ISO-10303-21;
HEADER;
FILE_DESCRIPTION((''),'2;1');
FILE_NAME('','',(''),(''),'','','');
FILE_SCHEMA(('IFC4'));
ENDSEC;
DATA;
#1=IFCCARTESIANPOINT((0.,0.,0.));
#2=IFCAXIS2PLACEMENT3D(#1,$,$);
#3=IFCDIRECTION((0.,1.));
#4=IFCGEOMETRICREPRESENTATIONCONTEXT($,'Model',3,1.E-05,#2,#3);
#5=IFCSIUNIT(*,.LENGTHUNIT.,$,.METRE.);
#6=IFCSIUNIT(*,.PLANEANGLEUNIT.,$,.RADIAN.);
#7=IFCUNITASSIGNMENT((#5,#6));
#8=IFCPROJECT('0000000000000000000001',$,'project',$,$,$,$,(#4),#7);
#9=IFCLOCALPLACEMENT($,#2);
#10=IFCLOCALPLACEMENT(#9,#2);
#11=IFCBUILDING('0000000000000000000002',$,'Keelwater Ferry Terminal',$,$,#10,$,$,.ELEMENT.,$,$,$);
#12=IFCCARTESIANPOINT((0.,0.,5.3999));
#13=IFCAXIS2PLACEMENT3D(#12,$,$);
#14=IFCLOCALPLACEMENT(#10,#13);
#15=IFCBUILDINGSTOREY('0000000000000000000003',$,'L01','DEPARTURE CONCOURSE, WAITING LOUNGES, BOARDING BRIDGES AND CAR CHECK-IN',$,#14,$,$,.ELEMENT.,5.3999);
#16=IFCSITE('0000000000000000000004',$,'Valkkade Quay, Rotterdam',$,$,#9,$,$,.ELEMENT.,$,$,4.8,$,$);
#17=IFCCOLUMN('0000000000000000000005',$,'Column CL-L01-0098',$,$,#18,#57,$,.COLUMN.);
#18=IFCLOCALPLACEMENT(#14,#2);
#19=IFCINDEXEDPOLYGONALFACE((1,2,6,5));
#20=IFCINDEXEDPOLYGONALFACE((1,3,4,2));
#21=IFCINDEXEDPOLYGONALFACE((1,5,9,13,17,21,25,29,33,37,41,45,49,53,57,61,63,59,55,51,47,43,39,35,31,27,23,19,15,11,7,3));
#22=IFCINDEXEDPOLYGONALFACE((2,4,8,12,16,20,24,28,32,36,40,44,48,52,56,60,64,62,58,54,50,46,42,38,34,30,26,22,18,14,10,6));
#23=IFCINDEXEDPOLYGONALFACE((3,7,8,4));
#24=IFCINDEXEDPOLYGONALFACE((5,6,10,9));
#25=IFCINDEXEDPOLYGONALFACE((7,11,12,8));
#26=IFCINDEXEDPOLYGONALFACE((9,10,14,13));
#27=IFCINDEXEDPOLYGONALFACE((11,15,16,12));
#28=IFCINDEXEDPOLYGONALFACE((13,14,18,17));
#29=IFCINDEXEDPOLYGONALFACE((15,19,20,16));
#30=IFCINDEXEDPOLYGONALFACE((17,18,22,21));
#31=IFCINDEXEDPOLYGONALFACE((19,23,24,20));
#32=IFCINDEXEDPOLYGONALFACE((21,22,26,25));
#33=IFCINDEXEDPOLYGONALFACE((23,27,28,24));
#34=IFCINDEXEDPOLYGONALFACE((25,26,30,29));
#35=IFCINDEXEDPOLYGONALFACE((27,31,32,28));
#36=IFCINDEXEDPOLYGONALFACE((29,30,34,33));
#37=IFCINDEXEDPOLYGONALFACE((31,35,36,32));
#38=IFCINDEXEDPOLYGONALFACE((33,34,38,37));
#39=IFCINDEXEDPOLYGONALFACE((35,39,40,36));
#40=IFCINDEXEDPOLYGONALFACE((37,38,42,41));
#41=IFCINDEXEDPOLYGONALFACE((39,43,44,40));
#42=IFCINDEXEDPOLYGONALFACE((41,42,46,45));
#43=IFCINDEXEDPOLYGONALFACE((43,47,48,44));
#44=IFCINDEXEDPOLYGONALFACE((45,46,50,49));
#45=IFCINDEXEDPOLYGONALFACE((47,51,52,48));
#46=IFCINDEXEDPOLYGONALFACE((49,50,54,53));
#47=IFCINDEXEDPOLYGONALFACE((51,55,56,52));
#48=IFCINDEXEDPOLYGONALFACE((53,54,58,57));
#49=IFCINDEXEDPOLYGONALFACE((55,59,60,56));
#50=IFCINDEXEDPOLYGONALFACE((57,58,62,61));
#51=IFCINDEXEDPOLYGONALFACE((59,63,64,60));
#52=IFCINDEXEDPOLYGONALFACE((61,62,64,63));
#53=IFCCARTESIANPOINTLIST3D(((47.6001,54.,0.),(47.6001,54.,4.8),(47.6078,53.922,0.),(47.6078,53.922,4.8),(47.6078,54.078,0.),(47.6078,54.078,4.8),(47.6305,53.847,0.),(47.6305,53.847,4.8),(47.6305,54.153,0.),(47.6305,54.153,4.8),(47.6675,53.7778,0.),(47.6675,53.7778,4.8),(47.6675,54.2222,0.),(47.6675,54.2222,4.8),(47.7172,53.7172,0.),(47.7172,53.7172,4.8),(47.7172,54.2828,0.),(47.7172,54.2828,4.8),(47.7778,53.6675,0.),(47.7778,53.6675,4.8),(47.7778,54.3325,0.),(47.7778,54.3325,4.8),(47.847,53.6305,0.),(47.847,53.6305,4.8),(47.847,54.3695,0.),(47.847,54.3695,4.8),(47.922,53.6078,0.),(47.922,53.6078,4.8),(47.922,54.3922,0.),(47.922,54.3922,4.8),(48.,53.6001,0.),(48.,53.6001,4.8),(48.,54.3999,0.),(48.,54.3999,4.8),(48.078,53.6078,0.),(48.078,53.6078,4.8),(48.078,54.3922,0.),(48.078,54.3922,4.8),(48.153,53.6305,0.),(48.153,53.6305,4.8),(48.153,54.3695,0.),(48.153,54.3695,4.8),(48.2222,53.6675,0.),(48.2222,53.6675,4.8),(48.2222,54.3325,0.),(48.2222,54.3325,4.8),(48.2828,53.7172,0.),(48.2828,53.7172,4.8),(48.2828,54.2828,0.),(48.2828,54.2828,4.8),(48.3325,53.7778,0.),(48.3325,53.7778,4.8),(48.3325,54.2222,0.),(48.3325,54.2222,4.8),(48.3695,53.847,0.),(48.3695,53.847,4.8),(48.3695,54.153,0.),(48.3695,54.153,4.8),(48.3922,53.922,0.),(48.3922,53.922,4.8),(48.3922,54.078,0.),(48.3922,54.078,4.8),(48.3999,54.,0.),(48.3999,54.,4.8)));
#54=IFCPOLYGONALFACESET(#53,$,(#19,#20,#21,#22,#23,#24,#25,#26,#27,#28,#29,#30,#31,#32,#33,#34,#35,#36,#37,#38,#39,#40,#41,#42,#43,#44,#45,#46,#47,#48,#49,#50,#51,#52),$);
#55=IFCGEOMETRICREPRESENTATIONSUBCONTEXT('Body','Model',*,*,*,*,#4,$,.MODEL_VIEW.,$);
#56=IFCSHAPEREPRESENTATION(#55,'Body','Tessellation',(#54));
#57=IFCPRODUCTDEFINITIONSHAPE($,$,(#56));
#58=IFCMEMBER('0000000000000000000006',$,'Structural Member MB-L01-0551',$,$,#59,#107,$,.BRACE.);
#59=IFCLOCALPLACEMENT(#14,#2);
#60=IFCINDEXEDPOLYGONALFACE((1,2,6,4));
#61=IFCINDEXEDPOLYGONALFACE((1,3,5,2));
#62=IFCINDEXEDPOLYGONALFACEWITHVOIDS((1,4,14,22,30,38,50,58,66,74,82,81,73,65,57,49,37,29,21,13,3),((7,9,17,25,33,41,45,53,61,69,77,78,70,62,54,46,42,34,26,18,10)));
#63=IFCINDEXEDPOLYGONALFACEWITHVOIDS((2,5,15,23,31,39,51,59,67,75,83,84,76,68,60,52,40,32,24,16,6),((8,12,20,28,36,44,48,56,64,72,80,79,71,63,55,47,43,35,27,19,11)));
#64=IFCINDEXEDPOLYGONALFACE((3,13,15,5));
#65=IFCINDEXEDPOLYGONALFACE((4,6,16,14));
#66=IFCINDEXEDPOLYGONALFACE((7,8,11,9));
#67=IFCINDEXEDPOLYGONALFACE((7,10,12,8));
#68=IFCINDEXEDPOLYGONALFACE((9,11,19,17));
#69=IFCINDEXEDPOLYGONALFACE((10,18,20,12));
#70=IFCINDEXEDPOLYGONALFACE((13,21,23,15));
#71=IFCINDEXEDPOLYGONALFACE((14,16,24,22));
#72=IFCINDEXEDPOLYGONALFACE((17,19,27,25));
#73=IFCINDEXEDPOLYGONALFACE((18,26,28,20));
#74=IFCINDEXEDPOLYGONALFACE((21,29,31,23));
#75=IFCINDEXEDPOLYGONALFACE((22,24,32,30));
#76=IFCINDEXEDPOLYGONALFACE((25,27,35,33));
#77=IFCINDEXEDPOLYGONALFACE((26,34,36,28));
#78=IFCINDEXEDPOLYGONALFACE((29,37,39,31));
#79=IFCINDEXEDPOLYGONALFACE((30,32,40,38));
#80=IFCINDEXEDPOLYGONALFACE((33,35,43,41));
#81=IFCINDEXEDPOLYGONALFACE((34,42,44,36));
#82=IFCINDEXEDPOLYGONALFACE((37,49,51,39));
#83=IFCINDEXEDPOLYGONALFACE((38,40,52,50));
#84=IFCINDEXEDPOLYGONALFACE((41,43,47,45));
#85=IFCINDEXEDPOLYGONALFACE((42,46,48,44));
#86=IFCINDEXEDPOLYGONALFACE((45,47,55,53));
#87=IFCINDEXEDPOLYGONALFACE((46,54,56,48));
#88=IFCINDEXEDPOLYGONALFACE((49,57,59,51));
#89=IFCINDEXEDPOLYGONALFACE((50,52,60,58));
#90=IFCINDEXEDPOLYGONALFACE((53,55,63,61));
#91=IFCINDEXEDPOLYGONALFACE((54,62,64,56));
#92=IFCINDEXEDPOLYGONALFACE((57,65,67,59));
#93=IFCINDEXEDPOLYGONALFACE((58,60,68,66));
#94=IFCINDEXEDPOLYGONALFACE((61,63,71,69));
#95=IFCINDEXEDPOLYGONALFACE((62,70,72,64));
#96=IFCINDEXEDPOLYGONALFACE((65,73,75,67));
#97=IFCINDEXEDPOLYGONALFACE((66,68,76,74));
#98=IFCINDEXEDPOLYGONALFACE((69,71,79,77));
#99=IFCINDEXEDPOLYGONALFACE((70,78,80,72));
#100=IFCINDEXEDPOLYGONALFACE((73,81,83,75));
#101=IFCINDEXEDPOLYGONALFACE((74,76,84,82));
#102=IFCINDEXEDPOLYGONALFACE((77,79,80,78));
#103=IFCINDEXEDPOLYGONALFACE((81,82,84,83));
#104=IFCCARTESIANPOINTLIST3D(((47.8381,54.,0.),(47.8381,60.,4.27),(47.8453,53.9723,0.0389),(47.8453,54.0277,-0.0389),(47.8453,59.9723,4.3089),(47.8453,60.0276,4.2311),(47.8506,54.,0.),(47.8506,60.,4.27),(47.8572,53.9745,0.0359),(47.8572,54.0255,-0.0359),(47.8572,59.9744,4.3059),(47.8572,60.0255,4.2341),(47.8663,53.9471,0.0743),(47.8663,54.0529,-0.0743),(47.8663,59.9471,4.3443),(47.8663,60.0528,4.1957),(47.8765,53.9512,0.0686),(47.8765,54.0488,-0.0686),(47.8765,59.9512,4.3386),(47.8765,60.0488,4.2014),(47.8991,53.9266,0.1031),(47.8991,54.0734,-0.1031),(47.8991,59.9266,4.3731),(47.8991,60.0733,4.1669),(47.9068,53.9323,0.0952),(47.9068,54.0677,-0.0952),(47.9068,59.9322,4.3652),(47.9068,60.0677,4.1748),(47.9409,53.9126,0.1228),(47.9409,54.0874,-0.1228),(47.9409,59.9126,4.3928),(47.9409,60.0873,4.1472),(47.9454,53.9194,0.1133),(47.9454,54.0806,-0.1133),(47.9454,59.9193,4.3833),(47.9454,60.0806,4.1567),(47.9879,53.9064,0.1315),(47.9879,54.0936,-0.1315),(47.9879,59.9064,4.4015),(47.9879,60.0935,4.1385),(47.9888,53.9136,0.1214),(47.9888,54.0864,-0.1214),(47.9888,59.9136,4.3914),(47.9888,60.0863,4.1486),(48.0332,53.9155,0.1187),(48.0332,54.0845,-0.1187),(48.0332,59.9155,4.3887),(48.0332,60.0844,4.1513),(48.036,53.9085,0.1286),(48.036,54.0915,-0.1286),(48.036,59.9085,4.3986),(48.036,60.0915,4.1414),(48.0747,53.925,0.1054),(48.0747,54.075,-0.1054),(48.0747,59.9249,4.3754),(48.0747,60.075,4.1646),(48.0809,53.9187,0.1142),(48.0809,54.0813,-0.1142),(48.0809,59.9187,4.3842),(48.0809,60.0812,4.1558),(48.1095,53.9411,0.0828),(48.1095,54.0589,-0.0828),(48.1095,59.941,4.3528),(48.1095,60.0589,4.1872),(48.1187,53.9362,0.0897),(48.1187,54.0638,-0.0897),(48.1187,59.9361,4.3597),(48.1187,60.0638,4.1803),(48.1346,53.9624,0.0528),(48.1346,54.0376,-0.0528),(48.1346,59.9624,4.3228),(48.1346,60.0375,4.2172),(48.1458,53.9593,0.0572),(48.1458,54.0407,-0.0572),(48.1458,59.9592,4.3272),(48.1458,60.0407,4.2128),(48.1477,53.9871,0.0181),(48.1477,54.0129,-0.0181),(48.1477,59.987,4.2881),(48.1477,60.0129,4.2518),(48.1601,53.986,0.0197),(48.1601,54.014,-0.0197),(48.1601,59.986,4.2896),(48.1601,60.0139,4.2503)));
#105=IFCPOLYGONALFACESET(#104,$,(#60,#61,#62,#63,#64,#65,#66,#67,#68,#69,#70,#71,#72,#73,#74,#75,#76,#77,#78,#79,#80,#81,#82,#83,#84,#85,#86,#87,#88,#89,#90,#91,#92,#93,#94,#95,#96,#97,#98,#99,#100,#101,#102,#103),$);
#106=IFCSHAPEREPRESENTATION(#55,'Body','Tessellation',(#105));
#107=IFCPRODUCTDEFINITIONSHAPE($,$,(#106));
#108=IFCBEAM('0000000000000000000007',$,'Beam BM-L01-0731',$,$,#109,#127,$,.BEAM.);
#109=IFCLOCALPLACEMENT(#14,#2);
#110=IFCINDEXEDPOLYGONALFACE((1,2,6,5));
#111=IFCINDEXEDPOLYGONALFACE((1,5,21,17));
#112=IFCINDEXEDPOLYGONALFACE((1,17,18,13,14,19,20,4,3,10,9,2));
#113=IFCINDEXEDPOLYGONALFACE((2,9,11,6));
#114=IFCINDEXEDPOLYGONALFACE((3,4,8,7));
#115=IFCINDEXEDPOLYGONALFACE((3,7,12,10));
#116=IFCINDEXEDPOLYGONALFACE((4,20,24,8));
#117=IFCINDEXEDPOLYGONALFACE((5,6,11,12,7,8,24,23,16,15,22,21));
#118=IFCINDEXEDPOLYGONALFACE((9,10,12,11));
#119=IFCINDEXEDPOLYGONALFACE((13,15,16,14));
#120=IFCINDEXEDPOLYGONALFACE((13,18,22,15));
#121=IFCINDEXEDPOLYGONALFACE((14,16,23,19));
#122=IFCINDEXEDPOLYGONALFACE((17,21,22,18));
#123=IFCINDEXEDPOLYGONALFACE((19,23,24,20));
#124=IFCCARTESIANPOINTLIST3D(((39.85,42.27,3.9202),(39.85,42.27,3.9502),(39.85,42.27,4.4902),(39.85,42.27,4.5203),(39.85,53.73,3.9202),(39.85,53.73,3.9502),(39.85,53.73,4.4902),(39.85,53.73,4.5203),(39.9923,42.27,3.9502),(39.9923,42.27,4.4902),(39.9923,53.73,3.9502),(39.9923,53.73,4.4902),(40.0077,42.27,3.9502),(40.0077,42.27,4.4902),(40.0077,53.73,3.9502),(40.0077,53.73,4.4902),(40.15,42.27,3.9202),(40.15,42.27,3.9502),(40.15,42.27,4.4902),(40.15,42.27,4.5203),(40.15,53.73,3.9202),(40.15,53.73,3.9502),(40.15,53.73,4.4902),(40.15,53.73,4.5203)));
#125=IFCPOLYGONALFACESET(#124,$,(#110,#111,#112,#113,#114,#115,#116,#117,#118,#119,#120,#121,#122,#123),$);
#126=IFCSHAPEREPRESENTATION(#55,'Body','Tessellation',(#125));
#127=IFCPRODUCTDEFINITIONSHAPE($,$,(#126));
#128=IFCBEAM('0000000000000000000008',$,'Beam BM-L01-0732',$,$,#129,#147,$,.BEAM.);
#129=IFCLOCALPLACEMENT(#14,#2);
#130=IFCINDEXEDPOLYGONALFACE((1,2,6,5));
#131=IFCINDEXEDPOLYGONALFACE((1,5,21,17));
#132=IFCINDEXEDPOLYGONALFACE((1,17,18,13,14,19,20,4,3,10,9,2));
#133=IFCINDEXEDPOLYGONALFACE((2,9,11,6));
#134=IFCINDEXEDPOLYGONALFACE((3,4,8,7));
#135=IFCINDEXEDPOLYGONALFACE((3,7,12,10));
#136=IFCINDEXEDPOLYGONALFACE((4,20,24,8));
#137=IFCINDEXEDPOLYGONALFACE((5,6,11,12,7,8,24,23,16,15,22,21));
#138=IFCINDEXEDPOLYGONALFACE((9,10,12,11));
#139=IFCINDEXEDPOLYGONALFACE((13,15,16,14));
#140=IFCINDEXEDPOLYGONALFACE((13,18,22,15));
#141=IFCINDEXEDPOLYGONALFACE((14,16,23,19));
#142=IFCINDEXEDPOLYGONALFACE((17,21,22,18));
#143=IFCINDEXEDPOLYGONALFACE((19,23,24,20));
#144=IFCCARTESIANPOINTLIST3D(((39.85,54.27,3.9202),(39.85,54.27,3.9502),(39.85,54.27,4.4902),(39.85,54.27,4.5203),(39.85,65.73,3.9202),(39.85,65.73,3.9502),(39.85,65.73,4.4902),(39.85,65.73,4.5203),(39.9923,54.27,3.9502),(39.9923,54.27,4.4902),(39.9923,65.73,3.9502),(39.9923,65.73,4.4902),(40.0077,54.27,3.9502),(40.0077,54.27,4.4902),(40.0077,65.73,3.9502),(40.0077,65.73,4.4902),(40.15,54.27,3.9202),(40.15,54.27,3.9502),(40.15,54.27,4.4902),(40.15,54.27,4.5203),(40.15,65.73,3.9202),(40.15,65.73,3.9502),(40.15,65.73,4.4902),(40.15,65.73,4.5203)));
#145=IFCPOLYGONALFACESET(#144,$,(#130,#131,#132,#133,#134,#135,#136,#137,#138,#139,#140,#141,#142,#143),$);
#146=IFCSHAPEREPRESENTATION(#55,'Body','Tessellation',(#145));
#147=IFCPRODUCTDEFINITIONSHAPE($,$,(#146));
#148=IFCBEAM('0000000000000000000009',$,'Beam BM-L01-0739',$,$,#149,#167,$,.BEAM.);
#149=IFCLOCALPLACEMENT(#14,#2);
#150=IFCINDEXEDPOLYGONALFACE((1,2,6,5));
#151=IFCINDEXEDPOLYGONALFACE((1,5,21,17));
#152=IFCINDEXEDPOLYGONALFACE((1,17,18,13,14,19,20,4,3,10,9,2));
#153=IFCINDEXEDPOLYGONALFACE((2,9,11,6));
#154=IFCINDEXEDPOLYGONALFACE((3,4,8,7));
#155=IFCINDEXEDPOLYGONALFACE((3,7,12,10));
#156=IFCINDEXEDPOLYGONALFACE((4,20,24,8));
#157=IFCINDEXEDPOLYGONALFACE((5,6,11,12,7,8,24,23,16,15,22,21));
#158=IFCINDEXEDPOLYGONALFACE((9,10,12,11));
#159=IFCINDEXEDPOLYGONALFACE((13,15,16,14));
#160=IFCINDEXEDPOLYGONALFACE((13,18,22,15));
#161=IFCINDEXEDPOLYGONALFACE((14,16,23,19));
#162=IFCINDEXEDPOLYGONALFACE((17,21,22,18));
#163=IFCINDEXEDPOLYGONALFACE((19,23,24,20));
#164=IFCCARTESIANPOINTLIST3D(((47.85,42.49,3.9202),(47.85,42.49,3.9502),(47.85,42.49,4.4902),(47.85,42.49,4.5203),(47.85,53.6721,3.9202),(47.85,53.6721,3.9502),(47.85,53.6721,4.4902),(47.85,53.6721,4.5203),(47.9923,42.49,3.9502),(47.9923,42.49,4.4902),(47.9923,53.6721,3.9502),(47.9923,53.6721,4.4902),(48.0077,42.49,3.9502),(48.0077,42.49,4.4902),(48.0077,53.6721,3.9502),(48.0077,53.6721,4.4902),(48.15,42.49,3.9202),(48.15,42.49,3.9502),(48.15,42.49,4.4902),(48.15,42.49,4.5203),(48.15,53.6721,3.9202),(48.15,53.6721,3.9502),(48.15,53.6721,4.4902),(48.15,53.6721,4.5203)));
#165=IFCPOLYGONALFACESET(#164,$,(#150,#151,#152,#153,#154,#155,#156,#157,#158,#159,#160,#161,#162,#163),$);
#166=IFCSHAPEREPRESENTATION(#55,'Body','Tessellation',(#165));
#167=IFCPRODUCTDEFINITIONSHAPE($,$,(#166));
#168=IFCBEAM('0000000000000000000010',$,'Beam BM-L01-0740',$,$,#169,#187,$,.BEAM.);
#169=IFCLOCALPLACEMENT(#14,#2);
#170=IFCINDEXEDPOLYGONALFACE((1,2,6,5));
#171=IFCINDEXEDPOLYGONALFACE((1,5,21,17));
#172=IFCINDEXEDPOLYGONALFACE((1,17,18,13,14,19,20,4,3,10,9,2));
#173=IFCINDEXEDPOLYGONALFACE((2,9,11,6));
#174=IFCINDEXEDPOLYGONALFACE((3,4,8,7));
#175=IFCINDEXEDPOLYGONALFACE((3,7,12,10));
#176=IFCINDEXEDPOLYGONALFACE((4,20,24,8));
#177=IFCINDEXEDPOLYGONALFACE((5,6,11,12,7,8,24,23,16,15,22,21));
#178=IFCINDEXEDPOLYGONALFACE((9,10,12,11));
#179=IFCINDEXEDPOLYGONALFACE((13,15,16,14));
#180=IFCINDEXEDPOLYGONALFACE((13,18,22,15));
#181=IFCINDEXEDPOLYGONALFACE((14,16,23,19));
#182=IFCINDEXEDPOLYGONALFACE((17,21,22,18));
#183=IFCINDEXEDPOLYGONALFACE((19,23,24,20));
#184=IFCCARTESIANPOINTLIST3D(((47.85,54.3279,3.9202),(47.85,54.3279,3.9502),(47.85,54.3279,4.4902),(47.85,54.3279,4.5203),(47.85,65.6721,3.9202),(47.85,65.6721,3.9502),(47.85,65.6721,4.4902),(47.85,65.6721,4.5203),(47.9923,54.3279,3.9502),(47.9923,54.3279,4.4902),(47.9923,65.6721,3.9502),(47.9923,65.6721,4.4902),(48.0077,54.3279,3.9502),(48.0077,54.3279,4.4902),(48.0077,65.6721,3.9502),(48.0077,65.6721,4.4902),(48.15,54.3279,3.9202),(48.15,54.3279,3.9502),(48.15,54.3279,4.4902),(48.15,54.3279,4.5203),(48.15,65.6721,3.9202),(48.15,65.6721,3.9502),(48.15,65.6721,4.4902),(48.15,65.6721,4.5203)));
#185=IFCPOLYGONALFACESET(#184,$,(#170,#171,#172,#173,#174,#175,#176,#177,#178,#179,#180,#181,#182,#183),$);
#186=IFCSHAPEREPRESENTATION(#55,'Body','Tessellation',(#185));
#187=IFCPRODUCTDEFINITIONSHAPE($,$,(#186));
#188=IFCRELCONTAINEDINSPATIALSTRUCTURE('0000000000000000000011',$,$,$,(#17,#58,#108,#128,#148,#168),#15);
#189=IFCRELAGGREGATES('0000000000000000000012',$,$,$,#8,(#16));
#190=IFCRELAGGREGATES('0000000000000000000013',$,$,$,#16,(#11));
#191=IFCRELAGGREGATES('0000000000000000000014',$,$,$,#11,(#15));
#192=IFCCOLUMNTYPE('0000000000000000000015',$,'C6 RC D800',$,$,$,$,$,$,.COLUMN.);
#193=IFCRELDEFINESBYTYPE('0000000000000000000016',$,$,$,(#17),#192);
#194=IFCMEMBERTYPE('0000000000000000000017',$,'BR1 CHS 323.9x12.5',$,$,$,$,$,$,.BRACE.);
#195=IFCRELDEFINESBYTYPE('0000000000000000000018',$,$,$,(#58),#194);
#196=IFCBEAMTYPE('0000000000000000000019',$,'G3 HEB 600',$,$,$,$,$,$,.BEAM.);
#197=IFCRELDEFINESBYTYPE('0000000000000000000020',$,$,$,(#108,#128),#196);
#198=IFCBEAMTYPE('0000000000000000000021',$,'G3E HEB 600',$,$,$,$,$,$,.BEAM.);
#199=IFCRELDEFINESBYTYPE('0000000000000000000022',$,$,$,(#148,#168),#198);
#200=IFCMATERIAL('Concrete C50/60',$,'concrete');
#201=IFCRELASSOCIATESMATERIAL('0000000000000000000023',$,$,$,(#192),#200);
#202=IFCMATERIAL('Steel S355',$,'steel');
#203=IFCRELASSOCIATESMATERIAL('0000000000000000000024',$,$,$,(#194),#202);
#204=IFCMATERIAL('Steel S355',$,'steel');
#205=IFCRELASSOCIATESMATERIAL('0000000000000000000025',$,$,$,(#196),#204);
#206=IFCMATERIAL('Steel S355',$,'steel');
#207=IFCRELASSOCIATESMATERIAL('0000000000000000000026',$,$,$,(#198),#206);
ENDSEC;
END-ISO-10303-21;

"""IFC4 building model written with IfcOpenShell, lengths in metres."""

from ifc_helpers import new_model, si_unit, direction, frame, origin, origin_2d, place, context, subcontext, project, spatial, circle, hollow_circle, i_section, extrude, material, material_profile, profile_set, type_object, element, save


model = new_model("IFC4")

# Units and contexts
model_context = context("Model", 3, precision=1e-05, world=origin(), true_north=direction((0.0, 1.0)))
body_context = subcontext(model_context, "Body", "Model", "MODEL_VIEW")
ifc_project = project(units=[si_unit("LENGTHUNIT", "METRE"), si_unit("PLANEANGLEUNIT", "RADIAN")], contexts=[model_context])

# Site, building, storey
site_placement = place(None, origin())
site = spatial("IfcSite", under=ifc_project, at=site_placement, Name="Valkkade Quay, Rotterdam", CompositionType="ELEMENT", RefElevation=4.8)
building_placement = place(site_placement, origin())
building = spatial("IfcBuilding", under=site, at=building_placement, Name="Keelwater Ferry Terminal", CompositionType="ELEMENT")
storey_placement = place(building_placement, frame((0.0, 0.0, 5.3999)))
storey = spatial("IfcBuildingStorey", under=building, at=storey_placement, Name="L01", Description="DEPARTURE CONCOURSE, WAITING LOUNGES, BOARDING BRIDGES AND CAR CHECK-IN", CompositionType="ELEMENT", Elevation=5.3999)

# Column
ifc_material_1 = material(Name="Concrete C50/60", Category="concrete")
ifc_material_profile_1 = material_profile(ifc_material_1, circle(Radius=0.3999, at=origin_2d()), Name="RC D800")
ifc_profile_set_1 = profile_set([ifc_material_profile_1], Name="Concrete C50/60")
column_type = type_object("IfcColumnType", Name="C6 RC D800", PredefinedType="COLUMN", material=ifc_profile_set_1)
column_placement = place(storey_placement, frame((48.0, 54.0, 0.0), z_axis=(0.0, 0.0, 1.0), x_axis=(1.0, 0.0, 0.0)))
element("IfcColumn", 1, at=column_placement, inside=storey, type_object=column_type, Name="Column CL-L01-0098", PredefinedType="COLUMN", context=body_context, shape_type="SweptSolid", body=[
    extrude(circle(Radius=0.3999, at=origin_2d()), origin(), (0.0, 0.0, 1.0), 4.8),
])

# Member
ifc_material_2 = material(Name="Steel S355", Category="steel")
ifc_material_profile_2 = material_profile(ifc_material_2, hollow_circle(Radius=0.1619, WallThickness=0.0125, at=origin_2d()), Name="CHS 323.9x12.5")
ifc_profile_set_2 = profile_set([ifc_material_profile_2], Name="Steel S355")
member_type = type_object("IfcMemberType", Name="BR1 CHS 323.9x12.5", PredefinedType="BRACE", material=ifc_profile_set_2)
member_placement = place(storey_placement, frame((48.0, 54.0, 0.0), z_axis=(0.0, 0.81474, 0.579826), x_axis=(-1.0, 0.0, 0.0)))
element("IfcMember", 2, at=member_placement, inside=storey, type_object=member_type, Name="Structural Member MB-L01-0551", PredefinedType="BRACE", context=body_context, shape_type="SweptSolid", body=[
    extrude(hollow_circle(Radius=0.1619, WallThickness=0.0125, at=origin_2d()), origin(), (0.0, 0.0, 1.0), 7.3643),
])

# Beams
ifc_material_3 = material(Name="Steel S355", Category="steel")
ifc_material_profile_3 = material_profile(ifc_material_3, i_section(OverallWidth=0.3, OverallDepth=0.6001, WebThickness=0.0154, FlangeThickness=0.03, at=origin_2d()), Name="HEB 600")
ifc_profile_set_3 = profile_set([ifc_material_profile_3], Name="Steel S355")
beam_type_1 = type_object("IfcBeamType", Name="G3 HEB 600", PredefinedType="BEAM", material=ifc_profile_set_3)
for number, where, z_axis, x_axis, name in (
    (3, (40.0, 42.27, 4.2202), (0.0, 1.0, 0.0), (-1.0, 0.0, 0.0), "Beam BM-L01-0731"),
    (4, (40.0, 54.27, 4.2202), (0.0, 1.0, 0.0), (-1.0, 0.0, 0.0), "Beam BM-L01-0732"),
):
    element("IfcBeam", number, at=place(storey_placement, frame(where, z_axis=z_axis, x_axis=x_axis)), inside=storey, type_object=beam_type_1, Name=name, PredefinedType="BEAM", context=body_context, shape_type="SweptSolid", body=[
        extrude(i_section(OverallWidth=0.3, OverallDepth=0.6001, WebThickness=0.0154, FlangeThickness=0.03, at=origin_2d()), origin(), (0.0, 0.0, 1.0), 11.46),
    ])
ifc_material_4 = material(Name="Steel S355", Category="steel")
ifc_material_profile_4 = material_profile(ifc_material_4, i_section(OverallWidth=0.3, OverallDepth=0.6001, WebThickness=0.0154, FlangeThickness=0.03, at=origin_2d()), Name="HEB 600")
ifc_profile_set_4 = profile_set([ifc_material_profile_4], Name="Steel S355")
beam_type_2 = type_object("IfcBeamType", Name="G3E HEB 600", PredefinedType="BEAM", material=ifc_profile_set_4)
beam_1_placement = place(storey_placement, frame((48.0, 42.49, 4.2202), z_axis=(0.0, 1.0, 0.0), x_axis=(-1.0, 0.0, 0.0)))
element("IfcBeam", 5, at=beam_1_placement, inside=storey, type_object=beam_type_2, Name="Beam BM-L01-0739", PredefinedType="BEAM", context=body_context, shape_type="SweptSolid", body=[
    extrude(i_section(OverallWidth=0.3, OverallDepth=0.6001, WebThickness=0.0154, FlangeThickness=0.03, at=origin_2d()), origin(), (0.0, 0.0, 1.0), 11.1821),
])
beam_2_placement = place(storey_placement, frame((48.0, 54.3279, 4.2202), z_axis=(0.0, 1.0, 0.0), x_axis=(-1.0, 0.0, 0.0)))
element("IfcBeam", 6, at=beam_2_placement, inside=storey, type_object=beam_type_2, Name="Beam BM-L01-0740", PredefinedType="BEAM", context=body_context, shape_type="SweptSolid", body=[
    extrude(i_section(OverallWidth=0.3, OverallDepth=0.6001, WebThickness=0.0154, FlangeThickness=0.03, at=origin_2d()), origin(), (0.0, 0.0, 1.0), 11.3442),
])

save(model, "model.ifc")
